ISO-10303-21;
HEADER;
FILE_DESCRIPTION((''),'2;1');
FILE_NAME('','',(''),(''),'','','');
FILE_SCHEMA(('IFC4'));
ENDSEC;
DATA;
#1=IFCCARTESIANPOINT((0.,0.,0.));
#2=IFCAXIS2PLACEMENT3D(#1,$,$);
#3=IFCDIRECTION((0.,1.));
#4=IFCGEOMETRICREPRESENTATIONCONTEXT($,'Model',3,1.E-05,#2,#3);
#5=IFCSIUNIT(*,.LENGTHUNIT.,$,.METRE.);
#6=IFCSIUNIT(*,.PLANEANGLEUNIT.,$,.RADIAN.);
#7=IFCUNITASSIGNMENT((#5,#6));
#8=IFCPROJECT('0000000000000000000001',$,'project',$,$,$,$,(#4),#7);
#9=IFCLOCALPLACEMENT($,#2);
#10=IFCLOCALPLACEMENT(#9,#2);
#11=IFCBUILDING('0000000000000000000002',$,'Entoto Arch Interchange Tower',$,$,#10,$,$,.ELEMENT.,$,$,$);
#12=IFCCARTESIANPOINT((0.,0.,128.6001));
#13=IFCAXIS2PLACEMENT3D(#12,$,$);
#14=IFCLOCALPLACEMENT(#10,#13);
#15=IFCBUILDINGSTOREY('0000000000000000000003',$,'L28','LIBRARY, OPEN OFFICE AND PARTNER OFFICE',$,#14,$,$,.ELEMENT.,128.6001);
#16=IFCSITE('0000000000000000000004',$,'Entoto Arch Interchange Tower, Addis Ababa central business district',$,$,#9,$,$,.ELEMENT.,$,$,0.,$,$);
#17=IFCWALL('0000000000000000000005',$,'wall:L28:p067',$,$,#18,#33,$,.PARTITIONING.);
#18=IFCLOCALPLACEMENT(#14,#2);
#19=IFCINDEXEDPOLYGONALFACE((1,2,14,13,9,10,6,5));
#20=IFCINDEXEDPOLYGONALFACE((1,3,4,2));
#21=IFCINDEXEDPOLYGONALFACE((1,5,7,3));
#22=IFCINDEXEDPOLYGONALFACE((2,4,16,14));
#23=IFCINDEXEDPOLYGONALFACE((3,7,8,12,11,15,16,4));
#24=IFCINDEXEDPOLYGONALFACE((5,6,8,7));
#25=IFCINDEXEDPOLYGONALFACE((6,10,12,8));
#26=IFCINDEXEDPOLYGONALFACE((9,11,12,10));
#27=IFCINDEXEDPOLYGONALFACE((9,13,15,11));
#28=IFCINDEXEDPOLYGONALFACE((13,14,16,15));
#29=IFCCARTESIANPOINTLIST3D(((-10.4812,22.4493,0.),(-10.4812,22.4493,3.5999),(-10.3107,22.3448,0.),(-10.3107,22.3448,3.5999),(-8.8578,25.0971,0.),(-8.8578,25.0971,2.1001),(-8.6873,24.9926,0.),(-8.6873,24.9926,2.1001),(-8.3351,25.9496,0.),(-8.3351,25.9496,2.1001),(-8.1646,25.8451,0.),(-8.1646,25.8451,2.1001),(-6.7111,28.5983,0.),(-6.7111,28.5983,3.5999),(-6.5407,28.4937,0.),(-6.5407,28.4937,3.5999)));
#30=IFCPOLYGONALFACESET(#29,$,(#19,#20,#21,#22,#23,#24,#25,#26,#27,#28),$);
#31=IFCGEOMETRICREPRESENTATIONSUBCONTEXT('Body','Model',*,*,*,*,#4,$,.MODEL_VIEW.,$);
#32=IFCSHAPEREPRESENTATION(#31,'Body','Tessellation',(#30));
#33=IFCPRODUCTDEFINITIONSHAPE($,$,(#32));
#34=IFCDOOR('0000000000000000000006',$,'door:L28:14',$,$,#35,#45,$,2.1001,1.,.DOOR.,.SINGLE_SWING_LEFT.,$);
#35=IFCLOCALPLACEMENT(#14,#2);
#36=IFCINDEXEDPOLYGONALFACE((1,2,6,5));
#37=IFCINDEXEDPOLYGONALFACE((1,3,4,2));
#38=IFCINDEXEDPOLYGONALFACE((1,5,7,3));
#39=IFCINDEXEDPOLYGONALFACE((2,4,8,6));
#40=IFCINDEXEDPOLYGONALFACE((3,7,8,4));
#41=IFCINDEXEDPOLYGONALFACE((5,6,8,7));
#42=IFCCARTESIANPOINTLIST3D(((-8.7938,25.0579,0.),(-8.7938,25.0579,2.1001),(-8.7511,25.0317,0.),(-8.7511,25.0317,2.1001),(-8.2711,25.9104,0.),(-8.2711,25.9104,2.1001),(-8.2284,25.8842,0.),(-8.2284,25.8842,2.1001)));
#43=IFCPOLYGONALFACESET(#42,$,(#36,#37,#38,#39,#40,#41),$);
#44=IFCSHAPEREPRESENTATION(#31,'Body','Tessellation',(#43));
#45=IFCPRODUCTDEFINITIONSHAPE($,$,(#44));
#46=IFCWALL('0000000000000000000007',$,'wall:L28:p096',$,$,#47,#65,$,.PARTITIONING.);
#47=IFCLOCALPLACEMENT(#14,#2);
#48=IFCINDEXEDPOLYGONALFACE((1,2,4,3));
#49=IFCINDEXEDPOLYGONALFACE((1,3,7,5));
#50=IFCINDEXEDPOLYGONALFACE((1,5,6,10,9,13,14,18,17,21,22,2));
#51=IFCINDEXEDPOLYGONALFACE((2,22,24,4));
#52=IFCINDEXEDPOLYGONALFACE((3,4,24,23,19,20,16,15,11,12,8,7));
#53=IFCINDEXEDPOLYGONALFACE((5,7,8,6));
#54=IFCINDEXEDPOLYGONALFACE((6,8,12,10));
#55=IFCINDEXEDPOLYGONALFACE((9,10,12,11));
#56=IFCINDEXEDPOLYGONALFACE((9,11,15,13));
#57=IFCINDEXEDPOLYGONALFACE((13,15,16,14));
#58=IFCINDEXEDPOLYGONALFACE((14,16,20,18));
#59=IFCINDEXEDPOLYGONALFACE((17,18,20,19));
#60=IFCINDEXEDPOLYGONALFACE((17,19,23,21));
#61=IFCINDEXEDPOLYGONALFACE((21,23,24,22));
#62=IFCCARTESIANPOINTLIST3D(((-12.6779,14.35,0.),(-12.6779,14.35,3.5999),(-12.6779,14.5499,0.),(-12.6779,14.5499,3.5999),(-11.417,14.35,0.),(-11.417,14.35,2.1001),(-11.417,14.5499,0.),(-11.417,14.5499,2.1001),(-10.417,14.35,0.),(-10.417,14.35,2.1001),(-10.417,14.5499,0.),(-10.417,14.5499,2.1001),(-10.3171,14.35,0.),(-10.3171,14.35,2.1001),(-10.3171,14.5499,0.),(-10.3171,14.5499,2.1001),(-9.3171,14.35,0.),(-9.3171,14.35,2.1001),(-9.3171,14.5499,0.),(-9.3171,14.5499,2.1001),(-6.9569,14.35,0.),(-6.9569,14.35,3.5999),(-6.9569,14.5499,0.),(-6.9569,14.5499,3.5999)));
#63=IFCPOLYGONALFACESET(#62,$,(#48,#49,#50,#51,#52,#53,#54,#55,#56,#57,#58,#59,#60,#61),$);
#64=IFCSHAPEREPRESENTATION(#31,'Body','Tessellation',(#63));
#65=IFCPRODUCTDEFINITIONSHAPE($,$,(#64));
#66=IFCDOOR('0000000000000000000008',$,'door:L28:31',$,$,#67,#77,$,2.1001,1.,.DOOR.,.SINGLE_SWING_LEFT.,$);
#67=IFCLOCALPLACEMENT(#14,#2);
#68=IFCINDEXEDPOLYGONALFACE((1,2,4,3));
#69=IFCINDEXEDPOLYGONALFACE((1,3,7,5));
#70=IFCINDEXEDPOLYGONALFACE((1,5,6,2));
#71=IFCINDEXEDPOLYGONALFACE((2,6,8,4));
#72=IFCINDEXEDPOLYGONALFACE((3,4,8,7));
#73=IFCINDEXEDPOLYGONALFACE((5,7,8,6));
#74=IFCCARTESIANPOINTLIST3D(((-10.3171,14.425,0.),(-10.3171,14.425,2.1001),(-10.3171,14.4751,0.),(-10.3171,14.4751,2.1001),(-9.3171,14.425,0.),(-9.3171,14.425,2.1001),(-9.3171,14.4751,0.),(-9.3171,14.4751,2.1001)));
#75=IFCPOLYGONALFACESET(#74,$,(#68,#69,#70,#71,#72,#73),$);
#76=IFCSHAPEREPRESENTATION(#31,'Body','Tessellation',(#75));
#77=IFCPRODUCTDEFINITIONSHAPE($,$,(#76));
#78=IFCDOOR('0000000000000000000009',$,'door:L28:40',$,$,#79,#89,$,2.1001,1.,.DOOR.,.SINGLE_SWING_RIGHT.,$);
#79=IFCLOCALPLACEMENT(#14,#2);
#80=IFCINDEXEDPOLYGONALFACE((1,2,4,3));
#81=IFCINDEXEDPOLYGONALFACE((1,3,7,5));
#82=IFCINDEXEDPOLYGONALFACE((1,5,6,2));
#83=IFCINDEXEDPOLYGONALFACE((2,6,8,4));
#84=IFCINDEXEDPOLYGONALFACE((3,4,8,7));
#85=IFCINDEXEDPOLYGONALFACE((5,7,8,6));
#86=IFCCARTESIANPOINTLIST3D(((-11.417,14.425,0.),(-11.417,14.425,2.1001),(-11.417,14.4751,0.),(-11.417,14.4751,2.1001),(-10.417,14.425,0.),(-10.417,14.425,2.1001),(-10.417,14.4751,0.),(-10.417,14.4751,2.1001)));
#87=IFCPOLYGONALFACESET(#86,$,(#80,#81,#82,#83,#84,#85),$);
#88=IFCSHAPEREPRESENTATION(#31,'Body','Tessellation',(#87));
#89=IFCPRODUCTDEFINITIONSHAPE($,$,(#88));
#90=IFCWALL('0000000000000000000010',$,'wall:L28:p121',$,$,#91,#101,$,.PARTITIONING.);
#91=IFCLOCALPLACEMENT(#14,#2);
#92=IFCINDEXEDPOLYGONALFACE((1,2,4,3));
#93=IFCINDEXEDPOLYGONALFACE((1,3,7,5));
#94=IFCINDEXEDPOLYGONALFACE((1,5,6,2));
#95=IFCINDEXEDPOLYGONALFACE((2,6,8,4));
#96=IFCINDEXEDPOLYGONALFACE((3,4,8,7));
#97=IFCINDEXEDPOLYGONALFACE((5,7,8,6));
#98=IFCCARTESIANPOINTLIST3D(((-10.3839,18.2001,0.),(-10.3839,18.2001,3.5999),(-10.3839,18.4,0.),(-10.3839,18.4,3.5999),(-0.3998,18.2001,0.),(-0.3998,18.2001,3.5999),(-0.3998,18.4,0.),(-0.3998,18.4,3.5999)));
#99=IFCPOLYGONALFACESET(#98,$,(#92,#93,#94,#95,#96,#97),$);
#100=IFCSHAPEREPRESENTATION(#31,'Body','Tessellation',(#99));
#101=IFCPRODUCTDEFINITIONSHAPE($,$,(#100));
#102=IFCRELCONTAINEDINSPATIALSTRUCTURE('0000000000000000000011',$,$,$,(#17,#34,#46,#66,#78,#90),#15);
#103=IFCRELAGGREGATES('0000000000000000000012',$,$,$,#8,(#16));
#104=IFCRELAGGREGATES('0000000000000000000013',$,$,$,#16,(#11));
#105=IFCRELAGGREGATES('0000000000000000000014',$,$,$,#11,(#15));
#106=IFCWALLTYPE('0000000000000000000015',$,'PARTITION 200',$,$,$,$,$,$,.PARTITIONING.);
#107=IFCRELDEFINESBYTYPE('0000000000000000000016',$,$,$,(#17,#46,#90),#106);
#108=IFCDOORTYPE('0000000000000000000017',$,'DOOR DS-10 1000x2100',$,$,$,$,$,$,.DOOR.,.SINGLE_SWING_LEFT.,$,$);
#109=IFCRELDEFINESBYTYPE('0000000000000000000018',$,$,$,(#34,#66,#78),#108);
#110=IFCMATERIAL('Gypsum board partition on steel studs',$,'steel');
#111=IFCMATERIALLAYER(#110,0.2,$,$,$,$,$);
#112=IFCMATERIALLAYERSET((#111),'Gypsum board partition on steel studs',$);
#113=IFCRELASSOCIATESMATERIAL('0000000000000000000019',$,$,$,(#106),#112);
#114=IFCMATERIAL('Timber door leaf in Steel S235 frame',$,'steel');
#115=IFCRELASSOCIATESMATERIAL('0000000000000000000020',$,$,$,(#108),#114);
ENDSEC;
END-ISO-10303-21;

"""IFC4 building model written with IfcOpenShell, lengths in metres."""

from ifc_helpers import new_model, si_unit, direction, frame, frame_2d, origin, place, context, subcontext, project, spatial, rectangle, extrude, material, layer, layer_set, type_object, element, fill, save


model = new_model("IFC4")

# Units and contexts
model_context = context("Model", 3, precision=1e-05, world=origin(), true_north=direction((0.0, 1.0)))
body_context = subcontext(model_context, "Body", "Model", "MODEL_VIEW")
ifc_project = project(units=[si_unit("LENGTHUNIT", "METRE"), si_unit("PLANEANGLEUNIT", "RADIAN")], contexts=[model_context])

# Site, building, storey
site_placement = place(None, origin())
site = spatial("IfcSite", under=ifc_project, at=site_placement, Name="Entoto Arch Interchange Tower, Addis Ababa central business district", CompositionType="ELEMENT", RefElevation=0.0)
building_placement = place(site_placement, origin())
building = spatial("IfcBuilding", under=site, at=building_placement, Name="Entoto Arch Interchange Tower", CompositionType="ELEMENT")
storey_placement = place(building_placement, frame((0.0, 0.0, 128.6001)))
storey = spatial("IfcBuildingStorey", under=building, at=storey_placement, Name="L28", Description="LIBRARY, OPEN OFFICE AND PARTNER OFFICE", CompositionType="ELEMENT", Elevation=128.6001)

# Shared definitions
ifc_material_1 = material(Name="Gypsum board partition on steel studs", Category="steel")
ifc_layer_1 = layer(ifc_material_1, 0.2)
ifc_layer_set_1 = layer_set([ifc_layer_1], Name="Gypsum board partition on steel studs")
wall_type_1 = type_object("IfcWallType", Name="PARTITION 200", PredefinedType="PARTITIONING", material=ifc_layer_set_1)

# Wall, opening, door
wall_1_placement = place(storey_placement, frame((-10.396, 22.397, 0.0), z_axis=(0.0, 0.0, 1.0), x_axis=(0.522695, 0.85252, 0.0)))
wall_1 = element("IfcWall", 1, at=wall_1_placement, inside=storey, type_object=wall_type_1, Name="wall:L28:p067", PredefinedType="PARTITIONING", context=body_context, shape_type="SweptSolid", body=[
    extrude(rectangle(XDim=7.2126, YDim=0.2, at=frame_2d((3.6064, 0.0))), origin(), (0.0, 0.0, 1.0), 3.5999),
])
opening_1_placement = place(wall_1_placement, frame((3.106, 0.0, 0.0)))
opening_1 = element("IfcOpeningElement", 2, at=opening_1_placement, cuts=wall_1, PredefinedType="OPENING", context=body_context, shape_type="SweptSolid", body=[
    extrude(rectangle(XDim=1.0, YDim=2.1001, at=frame_2d((0.5, 1.05))), frame((0.0, 0.1099, 0.0), z_axis=(0.0, -1.0, 0.0), x_axis=(1.0, 0.0, 0.0)), (0.0, 0.0, 1.0), 0.22),
])
ifc_material_2 = material(Name="Timber door leaf in Steel S235 frame", Category="steel")
door_type_1 = type_object("IfcDoorType", Name="DOOR DS-10 1000x2100", OperationType="SINGLE_SWING_LEFT", PredefinedType="DOOR", material=ifc_material_2)
door_1_placement = place(opening_1_placement, origin())
door_1 = element("IfcDoor", 3, at=door_1_placement, inside=storey, type_object=door_type_1, Name="door:L28:14", OperationType="SINGLE_SWING_LEFT", OverallHeight=2.1001, OverallWidth=1.0, PredefinedType="DOOR", context=body_context, shape_type="SweptSolid", body=[
    extrude(rectangle(XDim=1.0, YDim=2.1001, at=frame_2d((0.5, 1.05))), frame((0.0, 0.0249, 0.0), z_axis=(0.0, -1.0, 0.0), x_axis=(1.0, 0.0, 0.0)), (0.0, 0.0, 1.0), 0.05),
])
fill(opening_1, door_1)

# Wall, openings, doors
wall_2_placement = place(storey_placement, frame((-6.957, 14.45, 0.0), z_axis=(0.0, 0.0, 1.0), x_axis=(-1.0, 0.0, 0.0)))
wall_2 = element("IfcWall", 4, at=wall_2_placement, inside=storey, type_object=wall_type_1, Name="wall:L28:p096", PredefinedType="PARTITIONING", context=body_context, shape_type="SweptSolid", body=[
    extrude(rectangle(XDim=5.7209, YDim=0.2, at=frame_2d((2.8604, 0.0))), origin(), (0.0, 0.0, 1.0), 3.5999),
])
opening_2_placement = place(wall_2_placement, frame((2.3601, 0.0, 0.0)))
opening_2 = element("IfcOpeningElement", 5, at=opening_2_placement, cuts=wall_2, PredefinedType="OPENING", context=body_context, shape_type="SweptSolid", body=[
    extrude(rectangle(XDim=1.0, YDim=2.1001, at=frame_2d((0.5, 1.05))), frame((0.0, 0.1099, 0.0), z_axis=(0.0, -1.0, 0.0), x_axis=(1.0, 0.0, 0.0)), (0.0, 0.0, 1.0), 0.22),
])
opening_3_placement = place(wall_2_placement, frame((3.46, 0.0, 0.0)))
opening_3 = element("IfcOpeningElement", 6, at=opening_3_placement, cuts=wall_2, PredefinedType="OPENING", context=body_context, shape_type="SweptSolid", body=[
    extrude(rectangle(XDim=1.0, YDim=2.1001, at=frame_2d((0.5, 1.05))), frame((0.0, 0.1099, 0.0), z_axis=(0.0, -1.0, 0.0), x_axis=(1.0, 0.0, 0.0)), (0.0, 0.0, 1.0), 0.22),
])
door_2_placement = place(opening_2_placement, origin())
door_2 = element("IfcDoor", 7, at=door_2_placement, inside=storey, type_object=door_type_1, Name="door:L28:31", OperationType="SINGLE_SWING_LEFT", OverallHeight=2.1001, OverallWidth=1.0, PredefinedType="DOOR", context=body_context, shape_type="SweptSolid", body=[
    extrude(rectangle(XDim=1.0, YDim=2.1001, at=frame_2d((0.5, 1.05))), frame((0.0, 0.0249, 0.0), z_axis=(0.0, -1.0, 0.0), x_axis=(1.0, 0.0, 0.0)), (0.0, 0.0, 1.0), 0.05),
])
fill(opening_2, door_2)
door_3_placement = place(opening_3_placement, origin())
door_3 = element("IfcDoor", 8, at=door_3_placement, inside=storey, type_object=door_type_1, Name="door:L28:40", OperationType="SINGLE_SWING_RIGHT", OverallHeight=2.1001, OverallWidth=1.0, PredefinedType="DOOR", context=body_context, shape_type="SweptSolid", body=[
    extrude(rectangle(XDim=1.0, YDim=2.1001, at=frame_2d((0.5, 1.05))), frame((0.0, 0.0249, 0.0), z_axis=(0.0, -1.0, 0.0), x_axis=(1.0, 0.0, 0.0)), (0.0, 0.0, 1.0), 0.05),
])
fill(opening_3, door_3)

# Wall
wall_3_placement = place(storey_placement, frame((-10.384, 18.3, 0.0), z_axis=(0.0, 0.0, 1.0), x_axis=(1.0, 0.0, 0.0)))
element("IfcWall", 9, at=wall_3_placement, inside=storey, type_object=wall_type_1, Name="wall:L28:p121", PredefinedType="PARTITIONING", context=body_context, shape_type="SweptSolid", body=[
    extrude(rectangle(XDim=9.9841, YDim=0.2, at=frame_2d((4.9922, 0.0))), origin(), (0.0, 0.0, 1.0), 3.5999),
])

save(model, "model.ifc")
